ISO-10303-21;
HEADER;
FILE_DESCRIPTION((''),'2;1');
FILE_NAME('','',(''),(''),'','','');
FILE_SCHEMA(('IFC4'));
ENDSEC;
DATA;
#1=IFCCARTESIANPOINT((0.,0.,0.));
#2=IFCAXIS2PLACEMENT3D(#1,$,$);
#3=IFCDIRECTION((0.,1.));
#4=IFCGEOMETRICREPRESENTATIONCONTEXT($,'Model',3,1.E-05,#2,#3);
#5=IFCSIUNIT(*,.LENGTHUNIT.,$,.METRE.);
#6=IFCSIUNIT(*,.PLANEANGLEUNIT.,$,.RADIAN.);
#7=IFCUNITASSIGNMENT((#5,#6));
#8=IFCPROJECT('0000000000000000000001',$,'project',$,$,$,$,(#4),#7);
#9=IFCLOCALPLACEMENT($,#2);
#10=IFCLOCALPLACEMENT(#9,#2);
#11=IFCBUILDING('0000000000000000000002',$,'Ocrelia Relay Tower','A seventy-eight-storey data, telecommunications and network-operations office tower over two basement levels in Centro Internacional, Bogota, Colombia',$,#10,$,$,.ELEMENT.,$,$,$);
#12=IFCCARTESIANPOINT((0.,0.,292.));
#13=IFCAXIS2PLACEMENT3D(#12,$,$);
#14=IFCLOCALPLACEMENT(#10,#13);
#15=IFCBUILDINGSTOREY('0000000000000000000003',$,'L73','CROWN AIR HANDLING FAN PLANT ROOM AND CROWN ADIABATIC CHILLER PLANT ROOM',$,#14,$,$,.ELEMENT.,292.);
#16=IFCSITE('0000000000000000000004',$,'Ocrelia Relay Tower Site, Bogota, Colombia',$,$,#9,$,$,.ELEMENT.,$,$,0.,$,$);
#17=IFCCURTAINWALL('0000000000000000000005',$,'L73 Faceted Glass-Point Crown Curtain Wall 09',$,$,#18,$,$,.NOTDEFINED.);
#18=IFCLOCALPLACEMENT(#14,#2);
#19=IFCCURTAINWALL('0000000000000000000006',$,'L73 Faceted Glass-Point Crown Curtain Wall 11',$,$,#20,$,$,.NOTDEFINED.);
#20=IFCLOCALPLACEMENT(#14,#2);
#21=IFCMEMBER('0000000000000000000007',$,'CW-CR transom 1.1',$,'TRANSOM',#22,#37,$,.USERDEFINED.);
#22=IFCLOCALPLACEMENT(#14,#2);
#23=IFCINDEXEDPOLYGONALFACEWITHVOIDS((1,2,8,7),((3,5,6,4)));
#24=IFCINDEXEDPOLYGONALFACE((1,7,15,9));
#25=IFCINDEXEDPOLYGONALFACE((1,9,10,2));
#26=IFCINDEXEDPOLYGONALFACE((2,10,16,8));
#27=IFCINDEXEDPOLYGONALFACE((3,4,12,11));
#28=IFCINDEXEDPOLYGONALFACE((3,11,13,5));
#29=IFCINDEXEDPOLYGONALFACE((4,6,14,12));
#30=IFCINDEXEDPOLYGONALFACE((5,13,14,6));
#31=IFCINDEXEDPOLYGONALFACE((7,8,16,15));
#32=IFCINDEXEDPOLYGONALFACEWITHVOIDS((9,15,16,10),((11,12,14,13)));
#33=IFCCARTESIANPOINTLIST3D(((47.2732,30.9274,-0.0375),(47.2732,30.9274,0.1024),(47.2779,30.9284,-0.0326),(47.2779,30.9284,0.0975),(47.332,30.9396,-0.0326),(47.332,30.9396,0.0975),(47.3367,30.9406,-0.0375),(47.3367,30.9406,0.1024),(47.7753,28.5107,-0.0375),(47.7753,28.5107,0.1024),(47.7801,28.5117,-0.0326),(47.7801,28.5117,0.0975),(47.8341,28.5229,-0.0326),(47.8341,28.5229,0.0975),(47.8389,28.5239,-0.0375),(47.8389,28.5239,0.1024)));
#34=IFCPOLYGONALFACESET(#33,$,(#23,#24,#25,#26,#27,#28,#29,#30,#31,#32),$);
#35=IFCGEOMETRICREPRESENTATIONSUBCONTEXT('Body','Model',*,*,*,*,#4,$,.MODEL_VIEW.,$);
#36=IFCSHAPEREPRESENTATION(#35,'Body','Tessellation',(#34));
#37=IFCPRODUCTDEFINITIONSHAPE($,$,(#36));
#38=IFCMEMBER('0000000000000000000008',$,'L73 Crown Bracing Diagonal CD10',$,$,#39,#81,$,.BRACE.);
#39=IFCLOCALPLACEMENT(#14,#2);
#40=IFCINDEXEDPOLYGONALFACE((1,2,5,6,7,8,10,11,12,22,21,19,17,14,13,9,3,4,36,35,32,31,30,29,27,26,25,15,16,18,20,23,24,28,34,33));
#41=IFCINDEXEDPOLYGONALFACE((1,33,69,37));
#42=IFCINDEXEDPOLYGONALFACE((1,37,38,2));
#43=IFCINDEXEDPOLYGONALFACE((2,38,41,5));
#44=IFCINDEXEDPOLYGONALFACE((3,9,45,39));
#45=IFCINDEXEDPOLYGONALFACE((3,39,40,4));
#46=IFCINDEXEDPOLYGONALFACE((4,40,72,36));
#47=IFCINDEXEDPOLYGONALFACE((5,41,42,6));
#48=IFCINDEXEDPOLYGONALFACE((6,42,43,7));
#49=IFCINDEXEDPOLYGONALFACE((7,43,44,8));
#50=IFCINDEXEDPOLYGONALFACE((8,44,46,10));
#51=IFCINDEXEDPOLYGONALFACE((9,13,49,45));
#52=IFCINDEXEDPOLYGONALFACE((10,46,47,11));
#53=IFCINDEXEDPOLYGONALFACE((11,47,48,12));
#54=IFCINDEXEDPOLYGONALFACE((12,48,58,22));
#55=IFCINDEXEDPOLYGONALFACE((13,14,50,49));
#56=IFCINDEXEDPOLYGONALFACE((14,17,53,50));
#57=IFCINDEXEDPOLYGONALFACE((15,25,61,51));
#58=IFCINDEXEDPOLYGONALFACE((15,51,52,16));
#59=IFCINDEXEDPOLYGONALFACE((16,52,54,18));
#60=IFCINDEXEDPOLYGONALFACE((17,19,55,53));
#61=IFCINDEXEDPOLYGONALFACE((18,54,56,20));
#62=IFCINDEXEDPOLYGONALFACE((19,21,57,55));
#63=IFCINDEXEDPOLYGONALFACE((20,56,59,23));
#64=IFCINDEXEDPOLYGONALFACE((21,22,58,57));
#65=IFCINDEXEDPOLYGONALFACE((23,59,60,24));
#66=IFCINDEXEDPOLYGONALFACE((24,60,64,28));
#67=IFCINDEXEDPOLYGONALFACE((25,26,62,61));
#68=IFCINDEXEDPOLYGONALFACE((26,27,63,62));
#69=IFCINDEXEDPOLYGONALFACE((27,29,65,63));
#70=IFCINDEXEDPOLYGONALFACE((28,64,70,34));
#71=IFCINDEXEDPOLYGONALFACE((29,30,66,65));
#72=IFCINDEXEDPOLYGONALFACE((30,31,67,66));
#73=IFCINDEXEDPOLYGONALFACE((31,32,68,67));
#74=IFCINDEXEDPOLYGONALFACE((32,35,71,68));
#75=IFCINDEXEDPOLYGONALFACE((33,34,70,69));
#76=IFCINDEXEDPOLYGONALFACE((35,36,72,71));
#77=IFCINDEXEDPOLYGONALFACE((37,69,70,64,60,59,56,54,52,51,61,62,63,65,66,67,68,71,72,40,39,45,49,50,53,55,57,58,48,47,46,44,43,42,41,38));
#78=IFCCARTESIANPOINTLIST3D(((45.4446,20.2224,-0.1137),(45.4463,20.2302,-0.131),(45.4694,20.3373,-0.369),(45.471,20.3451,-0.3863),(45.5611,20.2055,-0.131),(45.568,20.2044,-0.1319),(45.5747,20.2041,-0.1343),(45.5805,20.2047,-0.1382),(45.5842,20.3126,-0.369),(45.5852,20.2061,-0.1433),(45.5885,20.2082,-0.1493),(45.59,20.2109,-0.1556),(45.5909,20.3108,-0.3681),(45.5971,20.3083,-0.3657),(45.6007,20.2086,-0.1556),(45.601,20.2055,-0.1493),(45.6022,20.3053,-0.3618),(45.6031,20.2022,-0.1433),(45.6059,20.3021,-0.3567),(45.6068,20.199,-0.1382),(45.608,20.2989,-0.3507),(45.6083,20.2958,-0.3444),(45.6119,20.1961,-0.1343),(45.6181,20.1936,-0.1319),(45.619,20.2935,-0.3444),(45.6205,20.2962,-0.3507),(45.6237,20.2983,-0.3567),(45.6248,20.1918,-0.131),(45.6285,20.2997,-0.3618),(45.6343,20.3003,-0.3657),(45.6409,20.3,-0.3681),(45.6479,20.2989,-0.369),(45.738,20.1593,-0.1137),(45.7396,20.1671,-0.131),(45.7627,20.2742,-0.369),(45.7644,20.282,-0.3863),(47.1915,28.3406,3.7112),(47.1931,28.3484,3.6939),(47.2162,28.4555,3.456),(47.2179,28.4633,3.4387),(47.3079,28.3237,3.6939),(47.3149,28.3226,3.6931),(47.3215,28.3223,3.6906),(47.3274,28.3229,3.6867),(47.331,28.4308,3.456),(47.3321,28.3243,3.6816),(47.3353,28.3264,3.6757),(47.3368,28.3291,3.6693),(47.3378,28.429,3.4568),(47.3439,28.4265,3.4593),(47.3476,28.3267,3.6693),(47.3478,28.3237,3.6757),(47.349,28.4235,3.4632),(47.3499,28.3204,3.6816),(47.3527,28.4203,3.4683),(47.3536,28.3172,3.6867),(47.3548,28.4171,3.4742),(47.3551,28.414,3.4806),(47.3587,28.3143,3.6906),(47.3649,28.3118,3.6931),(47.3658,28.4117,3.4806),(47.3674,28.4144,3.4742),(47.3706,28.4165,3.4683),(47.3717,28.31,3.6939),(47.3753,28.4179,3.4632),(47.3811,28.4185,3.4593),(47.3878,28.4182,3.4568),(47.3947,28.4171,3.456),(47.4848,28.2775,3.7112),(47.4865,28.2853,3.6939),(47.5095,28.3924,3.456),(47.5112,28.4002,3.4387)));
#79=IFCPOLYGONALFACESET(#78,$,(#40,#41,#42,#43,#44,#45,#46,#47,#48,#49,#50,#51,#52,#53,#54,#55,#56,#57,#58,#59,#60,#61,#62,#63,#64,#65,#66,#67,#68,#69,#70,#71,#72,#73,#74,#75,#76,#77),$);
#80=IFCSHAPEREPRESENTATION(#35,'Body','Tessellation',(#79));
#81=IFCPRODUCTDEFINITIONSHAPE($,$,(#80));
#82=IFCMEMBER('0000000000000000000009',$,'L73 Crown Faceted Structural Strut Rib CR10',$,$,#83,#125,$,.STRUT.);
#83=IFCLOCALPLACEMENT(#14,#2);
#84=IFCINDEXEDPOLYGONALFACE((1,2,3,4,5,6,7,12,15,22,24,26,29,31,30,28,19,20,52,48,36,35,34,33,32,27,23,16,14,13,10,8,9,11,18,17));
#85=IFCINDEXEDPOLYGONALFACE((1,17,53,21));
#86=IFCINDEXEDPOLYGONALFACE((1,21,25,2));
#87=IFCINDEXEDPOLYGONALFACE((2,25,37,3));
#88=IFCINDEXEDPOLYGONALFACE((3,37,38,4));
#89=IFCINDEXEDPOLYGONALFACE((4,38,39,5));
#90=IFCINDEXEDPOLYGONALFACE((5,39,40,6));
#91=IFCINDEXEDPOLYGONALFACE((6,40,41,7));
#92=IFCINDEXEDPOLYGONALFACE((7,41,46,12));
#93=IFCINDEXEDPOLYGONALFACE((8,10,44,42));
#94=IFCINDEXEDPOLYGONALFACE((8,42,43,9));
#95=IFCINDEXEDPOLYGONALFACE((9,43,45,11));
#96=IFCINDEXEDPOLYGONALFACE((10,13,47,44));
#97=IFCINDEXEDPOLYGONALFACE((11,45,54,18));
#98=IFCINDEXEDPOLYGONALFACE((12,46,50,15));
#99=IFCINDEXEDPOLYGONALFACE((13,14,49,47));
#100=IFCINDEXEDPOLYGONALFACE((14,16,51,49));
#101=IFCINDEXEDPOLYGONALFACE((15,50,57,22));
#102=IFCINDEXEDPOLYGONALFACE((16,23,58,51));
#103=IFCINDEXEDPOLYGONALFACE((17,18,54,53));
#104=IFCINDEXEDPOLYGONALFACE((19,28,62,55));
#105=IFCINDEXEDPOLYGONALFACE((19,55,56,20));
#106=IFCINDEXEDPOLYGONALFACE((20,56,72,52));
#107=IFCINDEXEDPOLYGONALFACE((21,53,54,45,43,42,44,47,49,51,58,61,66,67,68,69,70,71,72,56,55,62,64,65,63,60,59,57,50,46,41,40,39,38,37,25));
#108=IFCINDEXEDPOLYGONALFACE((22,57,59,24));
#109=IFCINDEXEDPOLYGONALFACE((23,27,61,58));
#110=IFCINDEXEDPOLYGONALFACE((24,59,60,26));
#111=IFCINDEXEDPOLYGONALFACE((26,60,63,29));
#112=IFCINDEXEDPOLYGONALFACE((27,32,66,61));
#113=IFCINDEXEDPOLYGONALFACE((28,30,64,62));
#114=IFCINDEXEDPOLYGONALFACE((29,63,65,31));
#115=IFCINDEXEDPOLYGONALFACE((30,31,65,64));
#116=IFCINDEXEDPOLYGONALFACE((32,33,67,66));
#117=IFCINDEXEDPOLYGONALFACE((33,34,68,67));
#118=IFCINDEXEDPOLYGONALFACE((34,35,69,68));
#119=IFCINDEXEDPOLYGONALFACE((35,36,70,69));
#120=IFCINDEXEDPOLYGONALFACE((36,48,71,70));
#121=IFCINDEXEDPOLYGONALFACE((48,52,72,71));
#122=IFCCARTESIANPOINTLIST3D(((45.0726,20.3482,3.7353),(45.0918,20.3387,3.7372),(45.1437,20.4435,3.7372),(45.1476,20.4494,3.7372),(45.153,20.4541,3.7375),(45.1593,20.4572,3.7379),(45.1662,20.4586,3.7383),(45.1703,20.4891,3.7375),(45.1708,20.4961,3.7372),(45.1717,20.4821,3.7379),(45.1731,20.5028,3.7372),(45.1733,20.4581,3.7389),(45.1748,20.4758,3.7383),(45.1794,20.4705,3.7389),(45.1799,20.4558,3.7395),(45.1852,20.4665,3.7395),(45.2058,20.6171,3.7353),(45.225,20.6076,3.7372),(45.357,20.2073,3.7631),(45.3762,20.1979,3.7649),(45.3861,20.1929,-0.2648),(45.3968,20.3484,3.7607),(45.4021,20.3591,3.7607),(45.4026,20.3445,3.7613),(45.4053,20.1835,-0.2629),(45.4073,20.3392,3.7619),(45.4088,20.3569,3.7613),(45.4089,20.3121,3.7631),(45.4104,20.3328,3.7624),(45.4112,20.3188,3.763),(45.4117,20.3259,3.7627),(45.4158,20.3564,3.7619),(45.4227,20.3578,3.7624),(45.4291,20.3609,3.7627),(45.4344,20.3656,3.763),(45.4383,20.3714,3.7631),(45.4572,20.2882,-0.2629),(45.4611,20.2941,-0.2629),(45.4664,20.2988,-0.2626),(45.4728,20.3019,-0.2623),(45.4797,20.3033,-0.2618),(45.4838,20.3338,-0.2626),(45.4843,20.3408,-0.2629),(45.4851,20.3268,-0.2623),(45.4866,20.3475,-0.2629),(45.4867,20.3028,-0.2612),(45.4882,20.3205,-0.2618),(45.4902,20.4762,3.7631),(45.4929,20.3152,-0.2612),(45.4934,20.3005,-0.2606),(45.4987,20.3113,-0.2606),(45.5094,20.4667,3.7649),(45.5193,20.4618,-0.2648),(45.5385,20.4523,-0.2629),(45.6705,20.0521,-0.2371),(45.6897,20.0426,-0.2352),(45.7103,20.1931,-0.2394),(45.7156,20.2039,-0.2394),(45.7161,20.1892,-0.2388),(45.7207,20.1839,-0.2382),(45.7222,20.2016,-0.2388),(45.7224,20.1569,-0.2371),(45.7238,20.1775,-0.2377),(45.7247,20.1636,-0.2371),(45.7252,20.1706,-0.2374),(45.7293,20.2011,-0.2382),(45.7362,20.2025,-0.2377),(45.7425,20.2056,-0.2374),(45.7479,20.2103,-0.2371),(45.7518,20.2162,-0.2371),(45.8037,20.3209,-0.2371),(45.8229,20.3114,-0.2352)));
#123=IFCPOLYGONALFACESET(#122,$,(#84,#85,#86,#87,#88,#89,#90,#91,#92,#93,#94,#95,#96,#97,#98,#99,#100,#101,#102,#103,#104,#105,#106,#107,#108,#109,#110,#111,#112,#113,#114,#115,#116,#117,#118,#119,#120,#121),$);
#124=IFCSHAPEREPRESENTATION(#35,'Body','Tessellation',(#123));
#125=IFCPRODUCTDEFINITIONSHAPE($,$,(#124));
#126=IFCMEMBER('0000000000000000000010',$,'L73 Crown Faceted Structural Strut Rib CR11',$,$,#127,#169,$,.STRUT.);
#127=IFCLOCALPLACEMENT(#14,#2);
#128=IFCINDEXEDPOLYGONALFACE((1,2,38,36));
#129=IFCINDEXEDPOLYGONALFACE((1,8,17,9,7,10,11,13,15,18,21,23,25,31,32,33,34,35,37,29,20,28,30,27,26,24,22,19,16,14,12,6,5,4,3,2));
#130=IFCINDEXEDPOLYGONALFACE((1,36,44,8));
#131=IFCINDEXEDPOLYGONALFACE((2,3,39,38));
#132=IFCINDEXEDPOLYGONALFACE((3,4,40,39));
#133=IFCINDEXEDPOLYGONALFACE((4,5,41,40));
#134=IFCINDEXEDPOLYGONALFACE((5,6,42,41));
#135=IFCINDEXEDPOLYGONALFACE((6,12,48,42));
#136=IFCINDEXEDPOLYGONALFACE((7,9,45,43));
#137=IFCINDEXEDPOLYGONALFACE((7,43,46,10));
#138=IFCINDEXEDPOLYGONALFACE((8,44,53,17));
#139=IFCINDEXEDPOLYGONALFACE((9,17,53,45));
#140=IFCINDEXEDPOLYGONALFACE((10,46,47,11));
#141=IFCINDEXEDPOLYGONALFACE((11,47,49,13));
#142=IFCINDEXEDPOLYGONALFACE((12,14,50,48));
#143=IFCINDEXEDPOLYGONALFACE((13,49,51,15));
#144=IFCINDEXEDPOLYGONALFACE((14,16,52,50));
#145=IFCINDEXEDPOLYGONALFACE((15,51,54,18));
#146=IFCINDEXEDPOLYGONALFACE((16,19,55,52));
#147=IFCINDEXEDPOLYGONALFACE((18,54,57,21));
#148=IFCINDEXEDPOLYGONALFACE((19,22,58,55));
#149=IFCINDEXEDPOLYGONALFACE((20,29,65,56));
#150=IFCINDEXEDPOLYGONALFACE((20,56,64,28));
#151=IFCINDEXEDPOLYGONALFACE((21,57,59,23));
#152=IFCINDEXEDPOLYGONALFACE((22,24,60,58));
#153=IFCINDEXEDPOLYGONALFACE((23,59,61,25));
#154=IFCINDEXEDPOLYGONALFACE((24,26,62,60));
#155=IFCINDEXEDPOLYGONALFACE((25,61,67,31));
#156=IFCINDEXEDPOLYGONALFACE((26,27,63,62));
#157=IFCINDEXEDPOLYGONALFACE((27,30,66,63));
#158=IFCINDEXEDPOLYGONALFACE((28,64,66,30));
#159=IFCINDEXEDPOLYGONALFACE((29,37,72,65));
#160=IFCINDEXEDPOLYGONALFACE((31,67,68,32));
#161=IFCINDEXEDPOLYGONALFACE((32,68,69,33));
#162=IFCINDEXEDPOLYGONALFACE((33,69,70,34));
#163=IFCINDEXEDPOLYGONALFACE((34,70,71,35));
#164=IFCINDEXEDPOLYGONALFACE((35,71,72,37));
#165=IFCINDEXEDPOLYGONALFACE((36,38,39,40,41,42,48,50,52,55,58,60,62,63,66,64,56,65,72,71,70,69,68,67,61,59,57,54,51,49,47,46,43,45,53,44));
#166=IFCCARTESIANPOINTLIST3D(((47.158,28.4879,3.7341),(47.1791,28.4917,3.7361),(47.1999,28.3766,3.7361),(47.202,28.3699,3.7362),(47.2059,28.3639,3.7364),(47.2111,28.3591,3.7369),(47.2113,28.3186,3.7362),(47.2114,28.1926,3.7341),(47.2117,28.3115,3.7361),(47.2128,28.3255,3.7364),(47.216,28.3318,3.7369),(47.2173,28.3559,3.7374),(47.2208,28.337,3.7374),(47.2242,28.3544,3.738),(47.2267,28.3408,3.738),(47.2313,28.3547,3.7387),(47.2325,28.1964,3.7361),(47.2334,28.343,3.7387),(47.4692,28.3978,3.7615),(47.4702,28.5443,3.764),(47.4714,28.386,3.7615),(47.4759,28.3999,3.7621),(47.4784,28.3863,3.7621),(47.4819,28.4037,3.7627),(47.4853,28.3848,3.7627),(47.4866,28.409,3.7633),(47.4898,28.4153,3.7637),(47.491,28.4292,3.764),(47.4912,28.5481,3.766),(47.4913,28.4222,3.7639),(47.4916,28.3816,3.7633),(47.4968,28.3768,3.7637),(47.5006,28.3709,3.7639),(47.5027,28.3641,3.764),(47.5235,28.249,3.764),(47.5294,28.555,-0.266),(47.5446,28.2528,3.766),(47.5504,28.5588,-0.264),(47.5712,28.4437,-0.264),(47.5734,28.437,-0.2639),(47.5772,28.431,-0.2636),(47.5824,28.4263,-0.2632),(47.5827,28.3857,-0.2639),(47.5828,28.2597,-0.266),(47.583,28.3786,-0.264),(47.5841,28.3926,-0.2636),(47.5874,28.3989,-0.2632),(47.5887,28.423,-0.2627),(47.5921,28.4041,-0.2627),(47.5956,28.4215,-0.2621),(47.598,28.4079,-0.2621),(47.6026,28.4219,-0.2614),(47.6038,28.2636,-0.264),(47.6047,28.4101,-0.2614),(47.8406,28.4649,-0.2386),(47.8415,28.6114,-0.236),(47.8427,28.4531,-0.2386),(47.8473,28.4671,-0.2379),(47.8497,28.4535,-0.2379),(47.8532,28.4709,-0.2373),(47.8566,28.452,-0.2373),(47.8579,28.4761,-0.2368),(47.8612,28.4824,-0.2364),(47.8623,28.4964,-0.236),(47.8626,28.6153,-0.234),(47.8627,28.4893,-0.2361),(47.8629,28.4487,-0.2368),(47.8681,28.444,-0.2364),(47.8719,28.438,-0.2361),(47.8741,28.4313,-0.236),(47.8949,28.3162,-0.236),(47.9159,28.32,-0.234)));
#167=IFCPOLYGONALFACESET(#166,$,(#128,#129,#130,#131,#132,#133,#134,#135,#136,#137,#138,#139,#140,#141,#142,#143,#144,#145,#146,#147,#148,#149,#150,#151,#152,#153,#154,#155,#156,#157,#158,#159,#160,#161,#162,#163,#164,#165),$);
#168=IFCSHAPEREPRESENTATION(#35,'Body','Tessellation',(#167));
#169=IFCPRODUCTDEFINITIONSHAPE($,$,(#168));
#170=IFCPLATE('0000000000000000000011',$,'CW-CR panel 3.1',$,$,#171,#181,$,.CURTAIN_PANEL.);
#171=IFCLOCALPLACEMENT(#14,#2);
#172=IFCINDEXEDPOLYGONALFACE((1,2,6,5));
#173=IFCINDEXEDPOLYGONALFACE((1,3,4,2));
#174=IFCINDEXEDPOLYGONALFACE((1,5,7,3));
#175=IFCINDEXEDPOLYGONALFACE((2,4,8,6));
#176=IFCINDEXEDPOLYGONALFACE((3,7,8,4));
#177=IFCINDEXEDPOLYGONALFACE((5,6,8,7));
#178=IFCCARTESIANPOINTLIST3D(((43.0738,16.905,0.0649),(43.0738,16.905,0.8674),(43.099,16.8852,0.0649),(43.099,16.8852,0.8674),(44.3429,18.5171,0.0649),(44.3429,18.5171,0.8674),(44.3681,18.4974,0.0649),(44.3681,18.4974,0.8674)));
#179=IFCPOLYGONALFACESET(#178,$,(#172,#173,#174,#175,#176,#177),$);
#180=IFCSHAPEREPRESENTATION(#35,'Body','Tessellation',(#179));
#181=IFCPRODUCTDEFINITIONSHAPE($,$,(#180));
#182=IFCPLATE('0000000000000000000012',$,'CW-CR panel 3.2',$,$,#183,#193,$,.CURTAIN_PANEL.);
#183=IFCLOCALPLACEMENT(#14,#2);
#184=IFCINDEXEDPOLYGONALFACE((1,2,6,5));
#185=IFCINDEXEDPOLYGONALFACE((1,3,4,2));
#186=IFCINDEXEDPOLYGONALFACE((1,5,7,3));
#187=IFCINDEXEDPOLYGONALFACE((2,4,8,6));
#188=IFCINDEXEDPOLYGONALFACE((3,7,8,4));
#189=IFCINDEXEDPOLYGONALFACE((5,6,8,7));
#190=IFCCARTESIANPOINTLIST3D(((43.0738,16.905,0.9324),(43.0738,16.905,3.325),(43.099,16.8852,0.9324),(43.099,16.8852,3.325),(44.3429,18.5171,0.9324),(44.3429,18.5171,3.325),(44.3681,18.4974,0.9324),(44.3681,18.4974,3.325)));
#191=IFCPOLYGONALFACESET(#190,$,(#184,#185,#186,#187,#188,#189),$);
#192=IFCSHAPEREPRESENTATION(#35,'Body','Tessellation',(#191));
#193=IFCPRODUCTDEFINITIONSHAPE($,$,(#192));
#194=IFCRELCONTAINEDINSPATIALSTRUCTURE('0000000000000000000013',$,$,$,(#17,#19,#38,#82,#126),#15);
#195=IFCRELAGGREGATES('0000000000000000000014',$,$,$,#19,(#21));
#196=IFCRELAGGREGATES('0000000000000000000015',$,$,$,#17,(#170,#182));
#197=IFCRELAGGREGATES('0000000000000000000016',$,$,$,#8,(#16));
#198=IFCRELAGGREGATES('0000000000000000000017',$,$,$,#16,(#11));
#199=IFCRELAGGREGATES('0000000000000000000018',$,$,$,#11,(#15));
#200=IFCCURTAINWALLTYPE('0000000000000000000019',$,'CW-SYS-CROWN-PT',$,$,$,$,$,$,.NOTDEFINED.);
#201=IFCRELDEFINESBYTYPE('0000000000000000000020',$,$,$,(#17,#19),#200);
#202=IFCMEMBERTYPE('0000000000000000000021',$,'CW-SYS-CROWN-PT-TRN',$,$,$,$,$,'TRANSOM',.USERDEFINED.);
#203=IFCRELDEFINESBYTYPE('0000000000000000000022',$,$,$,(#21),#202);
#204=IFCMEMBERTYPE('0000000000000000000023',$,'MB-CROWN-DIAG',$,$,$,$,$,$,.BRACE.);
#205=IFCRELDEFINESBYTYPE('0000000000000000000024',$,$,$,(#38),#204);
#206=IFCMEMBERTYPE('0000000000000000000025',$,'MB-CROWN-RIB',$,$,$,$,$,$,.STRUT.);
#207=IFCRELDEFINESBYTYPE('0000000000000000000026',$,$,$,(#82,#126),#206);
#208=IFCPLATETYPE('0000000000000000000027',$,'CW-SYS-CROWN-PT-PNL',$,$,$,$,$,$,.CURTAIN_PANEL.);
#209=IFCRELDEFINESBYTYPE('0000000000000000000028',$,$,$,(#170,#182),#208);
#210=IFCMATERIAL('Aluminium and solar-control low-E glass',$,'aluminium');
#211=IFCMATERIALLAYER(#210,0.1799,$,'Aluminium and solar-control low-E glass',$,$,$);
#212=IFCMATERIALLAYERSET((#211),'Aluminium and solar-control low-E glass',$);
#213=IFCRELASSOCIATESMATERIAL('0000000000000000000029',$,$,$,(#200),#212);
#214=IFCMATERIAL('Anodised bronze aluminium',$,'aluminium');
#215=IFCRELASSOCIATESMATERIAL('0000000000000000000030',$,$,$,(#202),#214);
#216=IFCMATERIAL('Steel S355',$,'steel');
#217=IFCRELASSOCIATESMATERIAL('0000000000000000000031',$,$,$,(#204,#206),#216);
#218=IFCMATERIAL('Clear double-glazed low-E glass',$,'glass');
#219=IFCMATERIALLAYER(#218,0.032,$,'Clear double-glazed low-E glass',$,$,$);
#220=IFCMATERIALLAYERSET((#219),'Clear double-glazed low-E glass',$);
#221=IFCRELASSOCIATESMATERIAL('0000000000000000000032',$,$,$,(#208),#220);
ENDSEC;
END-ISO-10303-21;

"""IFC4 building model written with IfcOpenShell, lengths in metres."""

from ifc_helpers import new_model, si_unit, direction, frame, origin, origin_2d, place, context, subcontext, project, spatial, rectangle, hollow_rectangle, i_section, extrude, material, layer, layer_set, material_profile, profile_set, type_object, element, aggregate, save


model = new_model("IFC4")

# Units and contexts
model_context = context("Model", 3, precision=1e-05, world=origin(), true_north=direction((0.0, 1.0)))
body_context = subcontext(model_context, "Body", "Model", "MODEL_VIEW")
ifc_project = project(units=[si_unit("LENGTHUNIT", "METRE"), si_unit("PLANEANGLEUNIT", "RADIAN")], contexts=[model_context])

# Site, building, storey
site_placement = place(None, origin())
site = spatial("IfcSite", under=ifc_project, at=site_placement, Name="Ocrelia Relay Tower Site, Bogota, Colombia", CompositionType="ELEMENT", RefElevation=0.0)
building_placement = place(site_placement, origin())
building = spatial("IfcBuilding", under=site, at=building_placement, Name="Ocrelia Relay Tower", Description="A seventy-eight-storey data, telecommunications and network-operations office tower over two basement levels in Centro Internacional, Bogota, Colombia", CompositionType="ELEMENT")
storey_placement = place(building_placement, frame((0.0, 0.0, 292.0)))
storey = spatial("IfcBuildingStorey", under=building, at=storey_placement, Name="L73", Description="CROWN AIR HANDLING FAN PLANT ROOM AND CROWN ADIABATIC CHILLER PLANT ROOM", CompositionType="ELEMENT", Elevation=292.0)

# Shared definitions
ifc_material_1 = material(Name="Steel S355", Category="steel")

# Curtain wall
ifc_material_2 = material(Name="Aluminium and solar-control low-E glass", Category="aluminium")
ifc_layer_1 = layer(ifc_material_2, 0.1799, Name="Aluminium and solar-control low-E glass")
ifc_layer_set_1 = layer_set([ifc_layer_1], Name="Aluminium and solar-control low-E glass")
curtain_wall_type = type_object("IfcCurtainWallType", Name="CW-SYS-CROWN-PT", PredefinedType="NOTDEFINED", material=ifc_layer_set_1)
curtain_wall_1_placement = place(storey_placement, origin())
curtain_wall_1 = element("IfcCurtainWall", 1, at=curtain_wall_1_placement, inside=storey, type_object=curtain_wall_type, Name="L73 Faceted Glass-Point Crown Curtain Wall 09", PredefinedType="NOTDEFINED")
ifc_material_3 = material(Name="Anodised bronze aluminium", Category="aluminium")

# Curtain wall
curtain_wall_2_placement = place(storey_placement, origin())
curtain_wall_2 = element("IfcCurtainWall", 2, at=curtain_wall_2_placement, inside=storey, type_object=curtain_wall_type, Name="L73 Faceted Glass-Point Crown Curtain Wall 11", PredefinedType="NOTDEFINED")

# Member
ifc_material_profile_1 = material_profile(ifc_material_3, hollow_rectangle(XDim=0.0649, YDim=0.1399, WallThickness=0.0049, at=origin_2d()), Name="CW-TRN-140x65")
ifc_profile_set_1 = profile_set([ifc_material_profile_1], Name="Anodised bronze aluminium")
member_type_1 = type_object("IfcMemberType", Name="CW-SYS-CROWN-PT-TRN", ElementType="TRANSOM", PredefinedType="USERDEFINED", material=ifc_profile_set_1)
member_1_placement = place(storey_placement, frame((47.8071, 28.5173, 0.0325), z_axis=(-0.203453, 0.979085, 0.0), x_axis=(-0.979085, -0.203453, 0.0)))
member_1 = element("IfcMember", 3, at=member_1_placement, type_object=member_type_1, Name="CW-CR transom 1.1", ObjectType="TRANSOM", PredefinedType="USERDEFINED", context=body_context, shape_type="SweptSolid", body=[
    extrude(hollow_rectangle(XDim=0.0649, YDim=0.1399, WallThickness=0.0049, at=origin_2d()), origin(), (0.0, 0.0, 1.0), 2.4683),
])
aggregate(curtain_wall_2, [member_1])

# Members
ifc_material_profile_2 = material_profile(ifc_material_1, i_section(OverallWidth=0.3, OverallDepth=0.3, WebThickness=0.011, FlangeThickness=0.019, FilletRadius=0.0271, at=origin_2d()), Name="HEB 300")
ifc_profile_set_2 = profile_set([ifc_material_profile_2], Name="Steel S355")
member_type_2 = type_object("IfcMemberType", Name="MB-CROWN-DIAG", PredefinedType="BRACE", material=ifc_profile_set_2)
member_2_placement = place(storey_placement, frame((45.6045, 20.2522, -0.25), z_axis=(0.191066, 0.887954, 0.418368), x_axis=(-0.977624, 0.21036, 0.0)))
element("IfcMember", 4, at=member_2_placement, inside=storey, type_object=member_type_2, Name="L73 Crown Bracing Diagonal CD10", PredefinedType="BRACE", context=body_context, shape_type="SweptSolid", body=[
    extrude(i_section(OverallWidth=0.3, OverallDepth=0.3, WebThickness=0.011, FlangeThickness=0.019, FilletRadius=0.0271, at=origin_2d()), origin(), (0.0, 0.0, 1.0), 9.1426),
])
ifc_material_profile_3 = material_profile(ifc_material_1, i_section(OverallWidth=0.3, OverallDepth=0.3401, WebThickness=0.012, FlangeThickness=0.0215, FilletRadius=0.0271, at=origin_2d()), Name="HEB 340")
ifc_profile_set_3 = profile_set([ifc_material_profile_3], Name="Steel S355")
member_type_3 = type_object("IfcMemberType", Name="MB-CROWN-RIB", PredefinedType="STRUT", material=ifc_profile_set_3)
member_3_placement = place(storey_placement, frame((45.6045, 20.2522, -0.25), z_axis=(-0.078071, 0.038671, 0.996198), x_axis=(-0.443861, -0.896096, 0.0)))
element("IfcMember", 5, at=member_3_placement, inside=storey, type_object=member_type_3, Name="L73 Crown Faceted Structural Strut Rib CR10", PredefinedType="STRUT", context=body_context, shape_type="SweptSolid", body=[
    extrude(i_section(OverallWidth=0.3, OverallDepth=0.3401, WebThickness=0.012, FlangeThickness=0.0215, FilletRadius=0.0271, at=origin_2d()), origin(), (0.0, 0.0, 1.0), 4.0154),
])
member_4_placement = place(storey_placement, frame((47.7227, 28.4375, -0.25), z_axis=(-0.092424, -0.01671, 0.99558), x_axis=(0.177917, -0.984045, 0.0)))
element("IfcMember", 6, at=member_4_placement, inside=storey, type_object=member_type_3, Name="L73 Crown Faceted Structural Strut Rib CR11", PredefinedType="STRUT", context=body_context, shape_type="SweptSolid", body=[
    extrude(i_section(OverallWidth=0.3, OverallDepth=0.3401, WebThickness=0.012, FlangeThickness=0.0215, FilletRadius=0.0271, at=origin_2d()), origin(), (0.0, 0.0, 1.0), 4.0178),
])

# Plates
ifc_material_4 = material(Name="Clear double-glazed low-E glass", Category="glass")
ifc_layer_2 = layer(ifc_material_4, 0.032, Name="Clear double-glazed low-E glass")
ifc_layer_set_2 = layer_set([ifc_layer_2], Name="Clear double-glazed low-E glass")
plate_type = type_object("IfcPlateType", Name="CW-SYS-CROWN-PT-PNL", PredefinedType="CURTAIN_PANEL", material=ifc_layer_set_2)
plate_1_placement = place(storey_placement, frame((43.7209, 17.7012, 0.0649), z_axis=(0.0, 0.0, 1.0), x_axis=(0.618554, 0.785742, 0.0)))
plate_1 = element("IfcPlate", 7, at=plate_1_placement, type_object=plate_type, Name="CW-CR panel 3.1", PredefinedType="CURTAIN_PANEL", context=body_context, shape_type="SweptSolid", body=[
    extrude(rectangle(XDim=2.0518, YDim=0.032, at=origin_2d()), origin(), (0.0, 0.0, 1.0), 0.8025),
])
plate_2_placement = place(storey_placement, frame((43.7209, 17.7012, 0.9324), z_axis=(0.0, 0.0, 1.0), x_axis=(0.618554, 0.785742, 0.0)))
plate_2 = element("IfcPlate", 8, at=plate_2_placement, type_object=plate_type, Name="CW-CR panel 3.2", PredefinedType="CURTAIN_PANEL", context=body_context, shape_type="SweptSolid", body=[
    extrude(rectangle(XDim=2.0518, YDim=0.032, at=origin_2d()), origin(), (0.0, 0.0, 1.0), 2.3926),
])
aggregate(curtain_wall_1, [plate_1, plate_2])

save(model, "model.ifc")
